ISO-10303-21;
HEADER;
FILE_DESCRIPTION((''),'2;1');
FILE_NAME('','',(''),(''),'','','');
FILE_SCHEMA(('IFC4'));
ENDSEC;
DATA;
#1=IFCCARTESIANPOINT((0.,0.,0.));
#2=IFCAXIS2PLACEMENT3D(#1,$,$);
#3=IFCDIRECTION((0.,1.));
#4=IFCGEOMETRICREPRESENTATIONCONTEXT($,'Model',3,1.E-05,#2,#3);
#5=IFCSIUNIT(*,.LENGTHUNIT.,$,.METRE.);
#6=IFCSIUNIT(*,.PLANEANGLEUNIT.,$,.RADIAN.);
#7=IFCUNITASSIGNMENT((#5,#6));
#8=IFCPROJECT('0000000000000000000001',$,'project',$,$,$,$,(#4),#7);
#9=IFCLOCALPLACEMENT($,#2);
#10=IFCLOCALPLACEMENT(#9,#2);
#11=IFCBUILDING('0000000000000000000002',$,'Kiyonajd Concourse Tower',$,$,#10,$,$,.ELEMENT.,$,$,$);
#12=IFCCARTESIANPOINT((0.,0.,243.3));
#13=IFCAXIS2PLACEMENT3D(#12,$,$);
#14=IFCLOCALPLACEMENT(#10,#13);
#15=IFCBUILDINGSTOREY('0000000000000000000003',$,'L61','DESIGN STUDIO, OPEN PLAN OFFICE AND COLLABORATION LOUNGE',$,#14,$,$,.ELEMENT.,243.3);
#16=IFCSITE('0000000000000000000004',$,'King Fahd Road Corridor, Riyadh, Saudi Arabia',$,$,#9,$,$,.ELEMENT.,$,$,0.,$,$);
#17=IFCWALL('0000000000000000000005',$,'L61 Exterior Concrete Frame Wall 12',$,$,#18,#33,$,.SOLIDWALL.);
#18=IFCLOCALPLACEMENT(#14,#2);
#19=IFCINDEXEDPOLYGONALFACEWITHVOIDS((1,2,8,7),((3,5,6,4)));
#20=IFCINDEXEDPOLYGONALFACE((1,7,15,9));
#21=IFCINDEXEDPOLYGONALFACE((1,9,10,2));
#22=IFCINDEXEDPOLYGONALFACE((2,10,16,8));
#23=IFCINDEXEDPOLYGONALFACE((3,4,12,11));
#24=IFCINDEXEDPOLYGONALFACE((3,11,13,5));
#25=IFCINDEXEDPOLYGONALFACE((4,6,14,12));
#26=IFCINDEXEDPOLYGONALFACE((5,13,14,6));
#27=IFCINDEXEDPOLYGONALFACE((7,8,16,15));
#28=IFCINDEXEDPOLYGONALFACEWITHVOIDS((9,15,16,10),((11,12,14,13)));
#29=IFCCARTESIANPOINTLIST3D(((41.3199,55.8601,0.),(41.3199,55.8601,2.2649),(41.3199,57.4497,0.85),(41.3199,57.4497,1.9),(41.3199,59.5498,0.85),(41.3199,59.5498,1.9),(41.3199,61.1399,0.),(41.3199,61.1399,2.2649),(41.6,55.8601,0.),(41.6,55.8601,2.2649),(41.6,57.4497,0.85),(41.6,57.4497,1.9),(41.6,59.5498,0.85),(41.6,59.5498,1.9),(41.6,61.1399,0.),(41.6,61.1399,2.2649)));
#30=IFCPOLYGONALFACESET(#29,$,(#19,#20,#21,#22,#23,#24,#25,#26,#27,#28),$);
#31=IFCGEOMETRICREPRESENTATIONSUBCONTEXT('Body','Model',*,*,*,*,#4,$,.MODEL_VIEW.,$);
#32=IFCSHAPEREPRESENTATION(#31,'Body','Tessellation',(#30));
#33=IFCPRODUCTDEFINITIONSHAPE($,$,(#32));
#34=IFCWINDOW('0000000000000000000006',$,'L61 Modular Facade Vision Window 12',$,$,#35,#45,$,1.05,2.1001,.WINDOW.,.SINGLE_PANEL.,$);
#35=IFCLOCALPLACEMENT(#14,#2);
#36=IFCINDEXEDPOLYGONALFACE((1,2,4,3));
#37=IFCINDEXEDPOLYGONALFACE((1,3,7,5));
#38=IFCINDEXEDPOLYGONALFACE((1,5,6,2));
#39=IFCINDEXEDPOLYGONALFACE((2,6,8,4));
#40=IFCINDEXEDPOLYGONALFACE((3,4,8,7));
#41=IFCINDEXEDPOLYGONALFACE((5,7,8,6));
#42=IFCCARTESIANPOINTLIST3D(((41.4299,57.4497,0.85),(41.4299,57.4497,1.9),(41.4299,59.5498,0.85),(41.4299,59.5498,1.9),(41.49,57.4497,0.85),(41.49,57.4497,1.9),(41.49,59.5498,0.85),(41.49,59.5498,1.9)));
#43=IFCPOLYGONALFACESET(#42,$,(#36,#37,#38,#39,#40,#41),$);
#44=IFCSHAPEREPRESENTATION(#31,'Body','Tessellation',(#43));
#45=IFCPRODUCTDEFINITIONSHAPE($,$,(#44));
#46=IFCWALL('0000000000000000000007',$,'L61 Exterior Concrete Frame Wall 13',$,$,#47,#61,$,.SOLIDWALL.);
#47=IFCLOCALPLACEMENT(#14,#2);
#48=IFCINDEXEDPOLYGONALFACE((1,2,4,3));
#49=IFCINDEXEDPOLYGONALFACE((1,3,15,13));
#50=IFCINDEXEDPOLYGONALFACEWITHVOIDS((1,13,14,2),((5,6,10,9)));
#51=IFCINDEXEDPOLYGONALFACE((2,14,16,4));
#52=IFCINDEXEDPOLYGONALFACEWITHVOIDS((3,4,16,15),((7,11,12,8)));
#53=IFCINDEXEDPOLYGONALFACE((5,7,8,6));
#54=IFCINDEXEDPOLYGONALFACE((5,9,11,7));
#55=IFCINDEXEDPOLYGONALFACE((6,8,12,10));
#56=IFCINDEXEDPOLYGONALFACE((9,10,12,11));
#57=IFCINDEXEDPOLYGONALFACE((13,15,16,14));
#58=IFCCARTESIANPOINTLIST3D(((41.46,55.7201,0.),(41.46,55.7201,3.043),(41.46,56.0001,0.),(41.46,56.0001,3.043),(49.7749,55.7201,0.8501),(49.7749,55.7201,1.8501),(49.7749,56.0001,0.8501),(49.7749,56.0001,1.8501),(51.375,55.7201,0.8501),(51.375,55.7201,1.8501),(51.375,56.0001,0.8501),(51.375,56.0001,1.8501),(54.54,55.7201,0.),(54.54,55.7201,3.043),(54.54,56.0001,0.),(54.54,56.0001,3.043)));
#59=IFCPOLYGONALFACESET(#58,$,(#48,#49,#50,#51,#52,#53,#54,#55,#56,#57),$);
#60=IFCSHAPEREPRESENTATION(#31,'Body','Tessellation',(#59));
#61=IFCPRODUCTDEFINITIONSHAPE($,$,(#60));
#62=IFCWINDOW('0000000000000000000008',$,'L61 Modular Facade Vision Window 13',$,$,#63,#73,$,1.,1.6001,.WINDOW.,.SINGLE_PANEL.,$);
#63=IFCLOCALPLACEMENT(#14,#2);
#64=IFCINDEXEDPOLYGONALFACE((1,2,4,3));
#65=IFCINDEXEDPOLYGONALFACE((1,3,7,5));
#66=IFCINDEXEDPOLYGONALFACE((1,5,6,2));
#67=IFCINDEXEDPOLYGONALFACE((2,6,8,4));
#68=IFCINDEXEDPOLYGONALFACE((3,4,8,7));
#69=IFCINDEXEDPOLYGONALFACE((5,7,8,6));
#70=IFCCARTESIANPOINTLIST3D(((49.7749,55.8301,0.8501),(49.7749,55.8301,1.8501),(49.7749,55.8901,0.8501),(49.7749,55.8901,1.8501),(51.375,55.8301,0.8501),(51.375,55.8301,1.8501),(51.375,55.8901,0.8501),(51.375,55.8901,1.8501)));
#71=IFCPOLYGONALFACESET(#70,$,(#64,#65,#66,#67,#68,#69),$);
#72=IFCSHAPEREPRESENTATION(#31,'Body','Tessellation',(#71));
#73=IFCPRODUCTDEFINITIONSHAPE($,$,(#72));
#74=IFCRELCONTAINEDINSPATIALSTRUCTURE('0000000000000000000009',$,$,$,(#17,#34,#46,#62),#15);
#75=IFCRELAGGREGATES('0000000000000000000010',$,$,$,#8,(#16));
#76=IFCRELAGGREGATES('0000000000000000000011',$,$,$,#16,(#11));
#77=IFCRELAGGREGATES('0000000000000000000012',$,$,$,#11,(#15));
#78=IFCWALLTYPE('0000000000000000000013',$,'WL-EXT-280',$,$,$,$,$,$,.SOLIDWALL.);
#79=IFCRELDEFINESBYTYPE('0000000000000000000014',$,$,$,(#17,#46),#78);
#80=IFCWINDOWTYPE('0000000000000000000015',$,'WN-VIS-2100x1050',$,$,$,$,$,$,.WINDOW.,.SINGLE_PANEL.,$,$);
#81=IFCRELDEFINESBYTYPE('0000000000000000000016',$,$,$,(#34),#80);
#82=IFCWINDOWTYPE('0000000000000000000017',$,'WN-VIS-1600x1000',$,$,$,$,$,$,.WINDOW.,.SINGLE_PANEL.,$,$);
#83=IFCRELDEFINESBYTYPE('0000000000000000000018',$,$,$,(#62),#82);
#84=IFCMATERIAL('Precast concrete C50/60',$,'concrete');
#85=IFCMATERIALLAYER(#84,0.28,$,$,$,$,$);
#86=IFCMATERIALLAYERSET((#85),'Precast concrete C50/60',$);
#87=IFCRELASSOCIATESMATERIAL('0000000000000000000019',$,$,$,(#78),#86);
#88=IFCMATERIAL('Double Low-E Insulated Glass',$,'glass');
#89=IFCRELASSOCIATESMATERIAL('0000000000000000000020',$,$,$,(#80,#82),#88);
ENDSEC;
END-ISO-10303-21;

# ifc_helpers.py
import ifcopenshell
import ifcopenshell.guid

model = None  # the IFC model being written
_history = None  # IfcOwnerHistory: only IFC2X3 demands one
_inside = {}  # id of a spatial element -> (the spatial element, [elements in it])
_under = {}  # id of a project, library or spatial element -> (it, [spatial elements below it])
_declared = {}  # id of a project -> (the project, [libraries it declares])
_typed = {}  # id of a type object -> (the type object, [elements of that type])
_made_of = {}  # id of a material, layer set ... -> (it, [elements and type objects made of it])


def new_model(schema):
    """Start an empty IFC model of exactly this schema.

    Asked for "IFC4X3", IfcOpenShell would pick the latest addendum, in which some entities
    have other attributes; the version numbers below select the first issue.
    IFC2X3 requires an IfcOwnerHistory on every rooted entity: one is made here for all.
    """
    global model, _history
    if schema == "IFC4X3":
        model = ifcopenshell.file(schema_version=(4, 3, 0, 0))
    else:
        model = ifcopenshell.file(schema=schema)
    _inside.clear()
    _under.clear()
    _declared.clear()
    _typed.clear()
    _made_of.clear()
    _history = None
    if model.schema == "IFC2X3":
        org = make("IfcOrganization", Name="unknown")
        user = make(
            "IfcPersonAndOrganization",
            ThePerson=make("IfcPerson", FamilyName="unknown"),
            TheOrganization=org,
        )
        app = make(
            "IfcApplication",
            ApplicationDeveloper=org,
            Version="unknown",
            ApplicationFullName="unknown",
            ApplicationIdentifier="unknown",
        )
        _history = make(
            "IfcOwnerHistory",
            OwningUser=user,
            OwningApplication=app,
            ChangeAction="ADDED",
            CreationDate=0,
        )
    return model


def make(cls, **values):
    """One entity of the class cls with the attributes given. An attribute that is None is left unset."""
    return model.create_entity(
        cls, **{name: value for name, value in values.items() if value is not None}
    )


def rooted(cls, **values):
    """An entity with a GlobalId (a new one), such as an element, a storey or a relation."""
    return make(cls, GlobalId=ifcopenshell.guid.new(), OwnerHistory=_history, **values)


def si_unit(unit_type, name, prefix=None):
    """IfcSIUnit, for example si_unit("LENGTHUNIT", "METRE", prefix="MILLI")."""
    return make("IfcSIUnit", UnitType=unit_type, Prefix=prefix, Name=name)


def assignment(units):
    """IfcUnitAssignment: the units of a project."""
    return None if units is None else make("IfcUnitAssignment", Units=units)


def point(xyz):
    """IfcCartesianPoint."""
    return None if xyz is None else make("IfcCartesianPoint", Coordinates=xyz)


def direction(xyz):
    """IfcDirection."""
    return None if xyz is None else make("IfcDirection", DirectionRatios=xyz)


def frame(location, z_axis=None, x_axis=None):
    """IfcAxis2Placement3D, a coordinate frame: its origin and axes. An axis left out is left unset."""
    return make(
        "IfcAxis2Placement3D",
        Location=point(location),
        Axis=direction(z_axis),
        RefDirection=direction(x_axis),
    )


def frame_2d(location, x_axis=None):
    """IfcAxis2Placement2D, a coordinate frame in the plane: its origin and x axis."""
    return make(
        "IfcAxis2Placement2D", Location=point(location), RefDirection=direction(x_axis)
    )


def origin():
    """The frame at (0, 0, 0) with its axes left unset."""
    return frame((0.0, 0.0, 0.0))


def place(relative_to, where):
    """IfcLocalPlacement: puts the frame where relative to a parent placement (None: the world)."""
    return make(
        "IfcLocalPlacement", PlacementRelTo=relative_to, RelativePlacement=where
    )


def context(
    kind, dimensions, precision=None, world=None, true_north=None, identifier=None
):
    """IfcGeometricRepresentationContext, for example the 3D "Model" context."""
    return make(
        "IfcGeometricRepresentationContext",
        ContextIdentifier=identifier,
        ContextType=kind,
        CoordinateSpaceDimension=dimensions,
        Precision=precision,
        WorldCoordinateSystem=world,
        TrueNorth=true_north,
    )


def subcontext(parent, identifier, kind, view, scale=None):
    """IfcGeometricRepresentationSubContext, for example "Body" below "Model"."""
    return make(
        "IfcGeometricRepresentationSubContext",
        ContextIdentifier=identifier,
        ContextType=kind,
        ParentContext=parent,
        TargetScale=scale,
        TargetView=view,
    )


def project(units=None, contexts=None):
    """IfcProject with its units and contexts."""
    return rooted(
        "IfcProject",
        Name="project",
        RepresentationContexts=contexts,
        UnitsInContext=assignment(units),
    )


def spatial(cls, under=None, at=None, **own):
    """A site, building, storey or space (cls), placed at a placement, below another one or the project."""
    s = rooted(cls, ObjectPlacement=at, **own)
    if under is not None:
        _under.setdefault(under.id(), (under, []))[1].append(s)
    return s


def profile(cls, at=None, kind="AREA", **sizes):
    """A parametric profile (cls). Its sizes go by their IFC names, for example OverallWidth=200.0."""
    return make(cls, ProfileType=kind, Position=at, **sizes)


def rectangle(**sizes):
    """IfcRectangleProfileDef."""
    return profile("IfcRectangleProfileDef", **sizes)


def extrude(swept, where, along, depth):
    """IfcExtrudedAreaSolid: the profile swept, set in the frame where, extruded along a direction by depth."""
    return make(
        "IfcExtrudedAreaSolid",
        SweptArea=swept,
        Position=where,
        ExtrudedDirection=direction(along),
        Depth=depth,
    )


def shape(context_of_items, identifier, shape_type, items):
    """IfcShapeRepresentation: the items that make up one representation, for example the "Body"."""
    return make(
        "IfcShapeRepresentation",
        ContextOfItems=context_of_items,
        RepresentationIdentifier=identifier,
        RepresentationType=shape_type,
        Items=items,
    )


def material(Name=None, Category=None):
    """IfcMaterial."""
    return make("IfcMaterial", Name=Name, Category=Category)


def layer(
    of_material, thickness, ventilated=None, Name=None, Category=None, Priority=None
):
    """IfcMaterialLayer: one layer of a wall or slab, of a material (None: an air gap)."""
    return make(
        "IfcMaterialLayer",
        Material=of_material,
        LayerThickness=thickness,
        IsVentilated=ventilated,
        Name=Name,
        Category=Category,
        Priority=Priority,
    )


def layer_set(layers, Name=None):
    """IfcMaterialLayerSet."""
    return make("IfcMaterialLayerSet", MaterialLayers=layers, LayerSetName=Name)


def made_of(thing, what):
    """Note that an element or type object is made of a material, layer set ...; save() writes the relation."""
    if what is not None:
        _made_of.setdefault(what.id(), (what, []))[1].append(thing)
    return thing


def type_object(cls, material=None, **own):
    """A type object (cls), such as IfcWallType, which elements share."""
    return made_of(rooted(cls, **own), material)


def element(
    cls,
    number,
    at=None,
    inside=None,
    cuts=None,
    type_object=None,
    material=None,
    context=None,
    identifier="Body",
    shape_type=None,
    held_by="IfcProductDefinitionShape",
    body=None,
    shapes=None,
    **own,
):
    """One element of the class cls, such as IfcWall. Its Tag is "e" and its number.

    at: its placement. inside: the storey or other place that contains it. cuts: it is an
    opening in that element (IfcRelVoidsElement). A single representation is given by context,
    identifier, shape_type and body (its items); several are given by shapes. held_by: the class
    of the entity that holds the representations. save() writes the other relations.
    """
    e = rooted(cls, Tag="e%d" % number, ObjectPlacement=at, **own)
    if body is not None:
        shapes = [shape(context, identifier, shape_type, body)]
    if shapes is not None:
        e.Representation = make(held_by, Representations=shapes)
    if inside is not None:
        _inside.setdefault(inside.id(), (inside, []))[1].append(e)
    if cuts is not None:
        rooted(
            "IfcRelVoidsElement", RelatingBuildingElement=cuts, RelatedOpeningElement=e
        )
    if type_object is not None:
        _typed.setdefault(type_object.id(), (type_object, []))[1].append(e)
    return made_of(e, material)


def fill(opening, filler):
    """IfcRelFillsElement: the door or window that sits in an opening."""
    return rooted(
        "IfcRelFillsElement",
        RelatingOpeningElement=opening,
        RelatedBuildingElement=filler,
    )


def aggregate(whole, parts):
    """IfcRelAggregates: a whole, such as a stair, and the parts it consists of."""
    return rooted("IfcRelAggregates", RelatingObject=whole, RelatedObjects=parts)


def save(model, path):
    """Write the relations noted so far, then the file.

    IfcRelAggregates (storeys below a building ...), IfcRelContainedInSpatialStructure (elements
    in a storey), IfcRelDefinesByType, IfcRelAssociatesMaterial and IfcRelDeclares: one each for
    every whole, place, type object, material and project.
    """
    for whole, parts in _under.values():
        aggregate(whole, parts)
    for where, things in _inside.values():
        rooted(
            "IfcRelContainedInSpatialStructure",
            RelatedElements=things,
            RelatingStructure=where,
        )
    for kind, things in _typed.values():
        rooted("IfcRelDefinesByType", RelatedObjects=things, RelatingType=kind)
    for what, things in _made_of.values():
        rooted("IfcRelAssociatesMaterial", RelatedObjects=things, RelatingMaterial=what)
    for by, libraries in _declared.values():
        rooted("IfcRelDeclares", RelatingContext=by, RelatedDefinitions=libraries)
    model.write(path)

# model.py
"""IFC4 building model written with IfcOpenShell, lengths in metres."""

from ifc_helpers import new_model, si_unit, direction, frame, frame_2d, origin, place, context, subcontext, project, spatial, rectangle, extrude, material, layer, layer_set, type_object, element, fill, save


model = new_model("IFC4")

# Units and contexts
model_context = context("Model", 3, precision=1e-05, world=origin(), true_north=direction((0.0, 1.0)))
body_context = subcontext(model_context, "Body", "Model", "MODEL_VIEW")
ifc_project = project(units=[si_unit("LENGTHUNIT", "METRE"), si_unit("PLANEANGLEUNIT", "RADIAN")], contexts=[model_context])

# Site, building, storey
site_placement = place(None, origin())
site = spatial("IfcSite", under=ifc_project, at=site_placement, Name="King Fahd Road Corridor, Riyadh, Saudi Arabia", CompositionType="ELEMENT", RefElevation=0.0)
building_placement = place(site_placement, origin())
building = spatial("IfcBuilding", under=site, at=building_placement, Name="Kiyonajd Concourse Tower", CompositionType="ELEMENT")
storey_placement = place(building_placement, frame((0.0, 0.0, 243.3)))
storey = spatial("IfcBuildingStorey", under=building, at=storey_placement, Name="L61", Description="DESIGN STUDIO, OPEN PLAN OFFICE AND COLLABORATION LOUNGE", CompositionType="ELEMENT", Elevation=243.3)

# Shared definitions
ifc_material_1 = material(Name="Double Low-E Insulated Glass", Category="glass")

# Shared definitions
ifc_material_2 = material(Name="Precast concrete C50/60", Category="concrete")
ifc_layer_1 = layer(ifc_material_2, 0.28)
ifc_layer_set_1 = layer_set([ifc_layer_1], Name="Precast concrete C50/60")
wall_type = type_object("IfcWallType", Name="WL-EXT-280", PredefinedType="SOLIDWALL", material=ifc_layer_set_1)

# Walls, openings, windows
wall_1_placement = place(storey_placement, frame((41.46, 61.1399, 0.0), z_axis=(0.0, 0.0, 1.0), x_axis=(0.0, -1.0, 0.0)))
wall_1 = element("IfcWall", 1, at=wall_1_placement, inside=storey, type_object=wall_type, Name="L61 Exterior Concrete Frame Wall 12", PredefinedType="SOLIDWALL", context=body_context, shape_type="SweptSolid", body=[
    extrude(rectangle(XDim=5.2798, YDim=0.28, at=frame_2d((2.6399, 0.0))), origin(), (0.0, 0.0, 1.0), 2.2649),
])
opening_1_placement = place(wall_1_placement, frame((1.5901, 0.0, 0.8501)))
opening_1 = element("IfcOpeningElement", 2, at=opening_1_placement, cuts=wall_1, PredefinedType="OPENING", context=body_context, shape_type="SweptSolid", body=[
    extrude(rectangle(XDim=2.1001, YDim=1.05, at=frame_2d((1.05, 0.5249))), frame((0.0, 0.1499, 0.0), z_axis=(0.0, -1.0, 0.0), x_axis=(1.0, 0.0, 0.0)), (0.0, 0.0, 1.0), 0.3),
])
window_type_1 = type_object("IfcWindowType", Name="WN-VIS-2100x1050", PartitioningType="SINGLE_PANEL", PredefinedType="WINDOW", material=ifc_material_1)
window_1_placement = place(opening_1_placement, origin())
window_1 = element("IfcWindow", 3, at=window_1_placement, inside=storey, type_object=window_type_1, Name="L61 Modular Facade Vision Window 12", OverallHeight=1.05, OverallWidth=2.1001, PartitioningType="SINGLE_PANEL", PredefinedType="WINDOW", context=body_context, shape_type="SweptSolid", body=[
    extrude(rectangle(XDim=2.1001, YDim=1.05, at=frame_2d((1.05, 0.5249))), frame((0.0, 0.03, 0.0), z_axis=(0.0, -1.0, 0.0), x_axis=(1.0, 0.0, 0.0)), (0.0, 0.0, 1.0), 0.0601),
])
fill(opening_1, window_1)
wall_2_placement = place(storey_placement, frame((41.46, 55.8601, 0.0), z_axis=(0.0, 0.0, 1.0), x_axis=(1.0, 0.0, 0.0)))
wall_2 = element("IfcWall", 4, at=wall_2_placement, inside=storey, type_object=wall_type, Name="L61 Exterior Concrete Frame Wall 13", PredefinedType="SOLIDWALL", context=body_context, shape_type="SweptSolid", body=[
    extrude(rectangle(XDim=13.0801, YDim=0.28, at=frame_2d((6.54, 0.0))), origin(), (0.0, 0.0, 1.0), 3.043),
])
opening_2_placement = place(wall_2_placement, frame((8.3149, 0.0, 0.8501)))
opening_2 = element("IfcOpeningElement", 5, at=opening_2_placement, cuts=wall_2, PredefinedType="OPENING", context=body_context, shape_type="SweptSolid", body=[
    extrude(rectangle(XDim=1.6001, YDim=1.0, at=frame_2d((0.8, 0.5))), frame((0.0, 0.1499, 0.0), z_axis=(0.0, -1.0, 0.0), x_axis=(1.0, 0.0, 0.0)), (0.0, 0.0, 1.0), 0.3),
])
window_type_2 = type_object("IfcWindowType", Name="WN-VIS-1600x1000", PartitioningType="SINGLE_PANEL", PredefinedType="WINDOW", material=ifc_material_1)
window_2_placement = place(opening_2_placement, origin())
window_2 = element("IfcWindow", 6, at=window_2_placement, inside=storey, type_object=window_type_2, Name="L61 Modular Facade Vision Window 13", OverallHeight=1.0, OverallWidth=1.6001, PartitioningType="SINGLE_PANEL", PredefinedType="WINDOW", context=body_context, shape_type="SweptSolid", body=[
    extrude(rectangle(XDim=1.6001, YDim=1.0, at=frame_2d((0.8, 0.5))), frame((0.0, 0.03, 0.0), z_axis=(0.0, -1.0, 0.0), x_axis=(1.0, 0.0, 0.0)), (0.0, 0.0, 1.0), 0.0601),
])
fill(opening_2, window_2)

save(model, "model.ifc")
